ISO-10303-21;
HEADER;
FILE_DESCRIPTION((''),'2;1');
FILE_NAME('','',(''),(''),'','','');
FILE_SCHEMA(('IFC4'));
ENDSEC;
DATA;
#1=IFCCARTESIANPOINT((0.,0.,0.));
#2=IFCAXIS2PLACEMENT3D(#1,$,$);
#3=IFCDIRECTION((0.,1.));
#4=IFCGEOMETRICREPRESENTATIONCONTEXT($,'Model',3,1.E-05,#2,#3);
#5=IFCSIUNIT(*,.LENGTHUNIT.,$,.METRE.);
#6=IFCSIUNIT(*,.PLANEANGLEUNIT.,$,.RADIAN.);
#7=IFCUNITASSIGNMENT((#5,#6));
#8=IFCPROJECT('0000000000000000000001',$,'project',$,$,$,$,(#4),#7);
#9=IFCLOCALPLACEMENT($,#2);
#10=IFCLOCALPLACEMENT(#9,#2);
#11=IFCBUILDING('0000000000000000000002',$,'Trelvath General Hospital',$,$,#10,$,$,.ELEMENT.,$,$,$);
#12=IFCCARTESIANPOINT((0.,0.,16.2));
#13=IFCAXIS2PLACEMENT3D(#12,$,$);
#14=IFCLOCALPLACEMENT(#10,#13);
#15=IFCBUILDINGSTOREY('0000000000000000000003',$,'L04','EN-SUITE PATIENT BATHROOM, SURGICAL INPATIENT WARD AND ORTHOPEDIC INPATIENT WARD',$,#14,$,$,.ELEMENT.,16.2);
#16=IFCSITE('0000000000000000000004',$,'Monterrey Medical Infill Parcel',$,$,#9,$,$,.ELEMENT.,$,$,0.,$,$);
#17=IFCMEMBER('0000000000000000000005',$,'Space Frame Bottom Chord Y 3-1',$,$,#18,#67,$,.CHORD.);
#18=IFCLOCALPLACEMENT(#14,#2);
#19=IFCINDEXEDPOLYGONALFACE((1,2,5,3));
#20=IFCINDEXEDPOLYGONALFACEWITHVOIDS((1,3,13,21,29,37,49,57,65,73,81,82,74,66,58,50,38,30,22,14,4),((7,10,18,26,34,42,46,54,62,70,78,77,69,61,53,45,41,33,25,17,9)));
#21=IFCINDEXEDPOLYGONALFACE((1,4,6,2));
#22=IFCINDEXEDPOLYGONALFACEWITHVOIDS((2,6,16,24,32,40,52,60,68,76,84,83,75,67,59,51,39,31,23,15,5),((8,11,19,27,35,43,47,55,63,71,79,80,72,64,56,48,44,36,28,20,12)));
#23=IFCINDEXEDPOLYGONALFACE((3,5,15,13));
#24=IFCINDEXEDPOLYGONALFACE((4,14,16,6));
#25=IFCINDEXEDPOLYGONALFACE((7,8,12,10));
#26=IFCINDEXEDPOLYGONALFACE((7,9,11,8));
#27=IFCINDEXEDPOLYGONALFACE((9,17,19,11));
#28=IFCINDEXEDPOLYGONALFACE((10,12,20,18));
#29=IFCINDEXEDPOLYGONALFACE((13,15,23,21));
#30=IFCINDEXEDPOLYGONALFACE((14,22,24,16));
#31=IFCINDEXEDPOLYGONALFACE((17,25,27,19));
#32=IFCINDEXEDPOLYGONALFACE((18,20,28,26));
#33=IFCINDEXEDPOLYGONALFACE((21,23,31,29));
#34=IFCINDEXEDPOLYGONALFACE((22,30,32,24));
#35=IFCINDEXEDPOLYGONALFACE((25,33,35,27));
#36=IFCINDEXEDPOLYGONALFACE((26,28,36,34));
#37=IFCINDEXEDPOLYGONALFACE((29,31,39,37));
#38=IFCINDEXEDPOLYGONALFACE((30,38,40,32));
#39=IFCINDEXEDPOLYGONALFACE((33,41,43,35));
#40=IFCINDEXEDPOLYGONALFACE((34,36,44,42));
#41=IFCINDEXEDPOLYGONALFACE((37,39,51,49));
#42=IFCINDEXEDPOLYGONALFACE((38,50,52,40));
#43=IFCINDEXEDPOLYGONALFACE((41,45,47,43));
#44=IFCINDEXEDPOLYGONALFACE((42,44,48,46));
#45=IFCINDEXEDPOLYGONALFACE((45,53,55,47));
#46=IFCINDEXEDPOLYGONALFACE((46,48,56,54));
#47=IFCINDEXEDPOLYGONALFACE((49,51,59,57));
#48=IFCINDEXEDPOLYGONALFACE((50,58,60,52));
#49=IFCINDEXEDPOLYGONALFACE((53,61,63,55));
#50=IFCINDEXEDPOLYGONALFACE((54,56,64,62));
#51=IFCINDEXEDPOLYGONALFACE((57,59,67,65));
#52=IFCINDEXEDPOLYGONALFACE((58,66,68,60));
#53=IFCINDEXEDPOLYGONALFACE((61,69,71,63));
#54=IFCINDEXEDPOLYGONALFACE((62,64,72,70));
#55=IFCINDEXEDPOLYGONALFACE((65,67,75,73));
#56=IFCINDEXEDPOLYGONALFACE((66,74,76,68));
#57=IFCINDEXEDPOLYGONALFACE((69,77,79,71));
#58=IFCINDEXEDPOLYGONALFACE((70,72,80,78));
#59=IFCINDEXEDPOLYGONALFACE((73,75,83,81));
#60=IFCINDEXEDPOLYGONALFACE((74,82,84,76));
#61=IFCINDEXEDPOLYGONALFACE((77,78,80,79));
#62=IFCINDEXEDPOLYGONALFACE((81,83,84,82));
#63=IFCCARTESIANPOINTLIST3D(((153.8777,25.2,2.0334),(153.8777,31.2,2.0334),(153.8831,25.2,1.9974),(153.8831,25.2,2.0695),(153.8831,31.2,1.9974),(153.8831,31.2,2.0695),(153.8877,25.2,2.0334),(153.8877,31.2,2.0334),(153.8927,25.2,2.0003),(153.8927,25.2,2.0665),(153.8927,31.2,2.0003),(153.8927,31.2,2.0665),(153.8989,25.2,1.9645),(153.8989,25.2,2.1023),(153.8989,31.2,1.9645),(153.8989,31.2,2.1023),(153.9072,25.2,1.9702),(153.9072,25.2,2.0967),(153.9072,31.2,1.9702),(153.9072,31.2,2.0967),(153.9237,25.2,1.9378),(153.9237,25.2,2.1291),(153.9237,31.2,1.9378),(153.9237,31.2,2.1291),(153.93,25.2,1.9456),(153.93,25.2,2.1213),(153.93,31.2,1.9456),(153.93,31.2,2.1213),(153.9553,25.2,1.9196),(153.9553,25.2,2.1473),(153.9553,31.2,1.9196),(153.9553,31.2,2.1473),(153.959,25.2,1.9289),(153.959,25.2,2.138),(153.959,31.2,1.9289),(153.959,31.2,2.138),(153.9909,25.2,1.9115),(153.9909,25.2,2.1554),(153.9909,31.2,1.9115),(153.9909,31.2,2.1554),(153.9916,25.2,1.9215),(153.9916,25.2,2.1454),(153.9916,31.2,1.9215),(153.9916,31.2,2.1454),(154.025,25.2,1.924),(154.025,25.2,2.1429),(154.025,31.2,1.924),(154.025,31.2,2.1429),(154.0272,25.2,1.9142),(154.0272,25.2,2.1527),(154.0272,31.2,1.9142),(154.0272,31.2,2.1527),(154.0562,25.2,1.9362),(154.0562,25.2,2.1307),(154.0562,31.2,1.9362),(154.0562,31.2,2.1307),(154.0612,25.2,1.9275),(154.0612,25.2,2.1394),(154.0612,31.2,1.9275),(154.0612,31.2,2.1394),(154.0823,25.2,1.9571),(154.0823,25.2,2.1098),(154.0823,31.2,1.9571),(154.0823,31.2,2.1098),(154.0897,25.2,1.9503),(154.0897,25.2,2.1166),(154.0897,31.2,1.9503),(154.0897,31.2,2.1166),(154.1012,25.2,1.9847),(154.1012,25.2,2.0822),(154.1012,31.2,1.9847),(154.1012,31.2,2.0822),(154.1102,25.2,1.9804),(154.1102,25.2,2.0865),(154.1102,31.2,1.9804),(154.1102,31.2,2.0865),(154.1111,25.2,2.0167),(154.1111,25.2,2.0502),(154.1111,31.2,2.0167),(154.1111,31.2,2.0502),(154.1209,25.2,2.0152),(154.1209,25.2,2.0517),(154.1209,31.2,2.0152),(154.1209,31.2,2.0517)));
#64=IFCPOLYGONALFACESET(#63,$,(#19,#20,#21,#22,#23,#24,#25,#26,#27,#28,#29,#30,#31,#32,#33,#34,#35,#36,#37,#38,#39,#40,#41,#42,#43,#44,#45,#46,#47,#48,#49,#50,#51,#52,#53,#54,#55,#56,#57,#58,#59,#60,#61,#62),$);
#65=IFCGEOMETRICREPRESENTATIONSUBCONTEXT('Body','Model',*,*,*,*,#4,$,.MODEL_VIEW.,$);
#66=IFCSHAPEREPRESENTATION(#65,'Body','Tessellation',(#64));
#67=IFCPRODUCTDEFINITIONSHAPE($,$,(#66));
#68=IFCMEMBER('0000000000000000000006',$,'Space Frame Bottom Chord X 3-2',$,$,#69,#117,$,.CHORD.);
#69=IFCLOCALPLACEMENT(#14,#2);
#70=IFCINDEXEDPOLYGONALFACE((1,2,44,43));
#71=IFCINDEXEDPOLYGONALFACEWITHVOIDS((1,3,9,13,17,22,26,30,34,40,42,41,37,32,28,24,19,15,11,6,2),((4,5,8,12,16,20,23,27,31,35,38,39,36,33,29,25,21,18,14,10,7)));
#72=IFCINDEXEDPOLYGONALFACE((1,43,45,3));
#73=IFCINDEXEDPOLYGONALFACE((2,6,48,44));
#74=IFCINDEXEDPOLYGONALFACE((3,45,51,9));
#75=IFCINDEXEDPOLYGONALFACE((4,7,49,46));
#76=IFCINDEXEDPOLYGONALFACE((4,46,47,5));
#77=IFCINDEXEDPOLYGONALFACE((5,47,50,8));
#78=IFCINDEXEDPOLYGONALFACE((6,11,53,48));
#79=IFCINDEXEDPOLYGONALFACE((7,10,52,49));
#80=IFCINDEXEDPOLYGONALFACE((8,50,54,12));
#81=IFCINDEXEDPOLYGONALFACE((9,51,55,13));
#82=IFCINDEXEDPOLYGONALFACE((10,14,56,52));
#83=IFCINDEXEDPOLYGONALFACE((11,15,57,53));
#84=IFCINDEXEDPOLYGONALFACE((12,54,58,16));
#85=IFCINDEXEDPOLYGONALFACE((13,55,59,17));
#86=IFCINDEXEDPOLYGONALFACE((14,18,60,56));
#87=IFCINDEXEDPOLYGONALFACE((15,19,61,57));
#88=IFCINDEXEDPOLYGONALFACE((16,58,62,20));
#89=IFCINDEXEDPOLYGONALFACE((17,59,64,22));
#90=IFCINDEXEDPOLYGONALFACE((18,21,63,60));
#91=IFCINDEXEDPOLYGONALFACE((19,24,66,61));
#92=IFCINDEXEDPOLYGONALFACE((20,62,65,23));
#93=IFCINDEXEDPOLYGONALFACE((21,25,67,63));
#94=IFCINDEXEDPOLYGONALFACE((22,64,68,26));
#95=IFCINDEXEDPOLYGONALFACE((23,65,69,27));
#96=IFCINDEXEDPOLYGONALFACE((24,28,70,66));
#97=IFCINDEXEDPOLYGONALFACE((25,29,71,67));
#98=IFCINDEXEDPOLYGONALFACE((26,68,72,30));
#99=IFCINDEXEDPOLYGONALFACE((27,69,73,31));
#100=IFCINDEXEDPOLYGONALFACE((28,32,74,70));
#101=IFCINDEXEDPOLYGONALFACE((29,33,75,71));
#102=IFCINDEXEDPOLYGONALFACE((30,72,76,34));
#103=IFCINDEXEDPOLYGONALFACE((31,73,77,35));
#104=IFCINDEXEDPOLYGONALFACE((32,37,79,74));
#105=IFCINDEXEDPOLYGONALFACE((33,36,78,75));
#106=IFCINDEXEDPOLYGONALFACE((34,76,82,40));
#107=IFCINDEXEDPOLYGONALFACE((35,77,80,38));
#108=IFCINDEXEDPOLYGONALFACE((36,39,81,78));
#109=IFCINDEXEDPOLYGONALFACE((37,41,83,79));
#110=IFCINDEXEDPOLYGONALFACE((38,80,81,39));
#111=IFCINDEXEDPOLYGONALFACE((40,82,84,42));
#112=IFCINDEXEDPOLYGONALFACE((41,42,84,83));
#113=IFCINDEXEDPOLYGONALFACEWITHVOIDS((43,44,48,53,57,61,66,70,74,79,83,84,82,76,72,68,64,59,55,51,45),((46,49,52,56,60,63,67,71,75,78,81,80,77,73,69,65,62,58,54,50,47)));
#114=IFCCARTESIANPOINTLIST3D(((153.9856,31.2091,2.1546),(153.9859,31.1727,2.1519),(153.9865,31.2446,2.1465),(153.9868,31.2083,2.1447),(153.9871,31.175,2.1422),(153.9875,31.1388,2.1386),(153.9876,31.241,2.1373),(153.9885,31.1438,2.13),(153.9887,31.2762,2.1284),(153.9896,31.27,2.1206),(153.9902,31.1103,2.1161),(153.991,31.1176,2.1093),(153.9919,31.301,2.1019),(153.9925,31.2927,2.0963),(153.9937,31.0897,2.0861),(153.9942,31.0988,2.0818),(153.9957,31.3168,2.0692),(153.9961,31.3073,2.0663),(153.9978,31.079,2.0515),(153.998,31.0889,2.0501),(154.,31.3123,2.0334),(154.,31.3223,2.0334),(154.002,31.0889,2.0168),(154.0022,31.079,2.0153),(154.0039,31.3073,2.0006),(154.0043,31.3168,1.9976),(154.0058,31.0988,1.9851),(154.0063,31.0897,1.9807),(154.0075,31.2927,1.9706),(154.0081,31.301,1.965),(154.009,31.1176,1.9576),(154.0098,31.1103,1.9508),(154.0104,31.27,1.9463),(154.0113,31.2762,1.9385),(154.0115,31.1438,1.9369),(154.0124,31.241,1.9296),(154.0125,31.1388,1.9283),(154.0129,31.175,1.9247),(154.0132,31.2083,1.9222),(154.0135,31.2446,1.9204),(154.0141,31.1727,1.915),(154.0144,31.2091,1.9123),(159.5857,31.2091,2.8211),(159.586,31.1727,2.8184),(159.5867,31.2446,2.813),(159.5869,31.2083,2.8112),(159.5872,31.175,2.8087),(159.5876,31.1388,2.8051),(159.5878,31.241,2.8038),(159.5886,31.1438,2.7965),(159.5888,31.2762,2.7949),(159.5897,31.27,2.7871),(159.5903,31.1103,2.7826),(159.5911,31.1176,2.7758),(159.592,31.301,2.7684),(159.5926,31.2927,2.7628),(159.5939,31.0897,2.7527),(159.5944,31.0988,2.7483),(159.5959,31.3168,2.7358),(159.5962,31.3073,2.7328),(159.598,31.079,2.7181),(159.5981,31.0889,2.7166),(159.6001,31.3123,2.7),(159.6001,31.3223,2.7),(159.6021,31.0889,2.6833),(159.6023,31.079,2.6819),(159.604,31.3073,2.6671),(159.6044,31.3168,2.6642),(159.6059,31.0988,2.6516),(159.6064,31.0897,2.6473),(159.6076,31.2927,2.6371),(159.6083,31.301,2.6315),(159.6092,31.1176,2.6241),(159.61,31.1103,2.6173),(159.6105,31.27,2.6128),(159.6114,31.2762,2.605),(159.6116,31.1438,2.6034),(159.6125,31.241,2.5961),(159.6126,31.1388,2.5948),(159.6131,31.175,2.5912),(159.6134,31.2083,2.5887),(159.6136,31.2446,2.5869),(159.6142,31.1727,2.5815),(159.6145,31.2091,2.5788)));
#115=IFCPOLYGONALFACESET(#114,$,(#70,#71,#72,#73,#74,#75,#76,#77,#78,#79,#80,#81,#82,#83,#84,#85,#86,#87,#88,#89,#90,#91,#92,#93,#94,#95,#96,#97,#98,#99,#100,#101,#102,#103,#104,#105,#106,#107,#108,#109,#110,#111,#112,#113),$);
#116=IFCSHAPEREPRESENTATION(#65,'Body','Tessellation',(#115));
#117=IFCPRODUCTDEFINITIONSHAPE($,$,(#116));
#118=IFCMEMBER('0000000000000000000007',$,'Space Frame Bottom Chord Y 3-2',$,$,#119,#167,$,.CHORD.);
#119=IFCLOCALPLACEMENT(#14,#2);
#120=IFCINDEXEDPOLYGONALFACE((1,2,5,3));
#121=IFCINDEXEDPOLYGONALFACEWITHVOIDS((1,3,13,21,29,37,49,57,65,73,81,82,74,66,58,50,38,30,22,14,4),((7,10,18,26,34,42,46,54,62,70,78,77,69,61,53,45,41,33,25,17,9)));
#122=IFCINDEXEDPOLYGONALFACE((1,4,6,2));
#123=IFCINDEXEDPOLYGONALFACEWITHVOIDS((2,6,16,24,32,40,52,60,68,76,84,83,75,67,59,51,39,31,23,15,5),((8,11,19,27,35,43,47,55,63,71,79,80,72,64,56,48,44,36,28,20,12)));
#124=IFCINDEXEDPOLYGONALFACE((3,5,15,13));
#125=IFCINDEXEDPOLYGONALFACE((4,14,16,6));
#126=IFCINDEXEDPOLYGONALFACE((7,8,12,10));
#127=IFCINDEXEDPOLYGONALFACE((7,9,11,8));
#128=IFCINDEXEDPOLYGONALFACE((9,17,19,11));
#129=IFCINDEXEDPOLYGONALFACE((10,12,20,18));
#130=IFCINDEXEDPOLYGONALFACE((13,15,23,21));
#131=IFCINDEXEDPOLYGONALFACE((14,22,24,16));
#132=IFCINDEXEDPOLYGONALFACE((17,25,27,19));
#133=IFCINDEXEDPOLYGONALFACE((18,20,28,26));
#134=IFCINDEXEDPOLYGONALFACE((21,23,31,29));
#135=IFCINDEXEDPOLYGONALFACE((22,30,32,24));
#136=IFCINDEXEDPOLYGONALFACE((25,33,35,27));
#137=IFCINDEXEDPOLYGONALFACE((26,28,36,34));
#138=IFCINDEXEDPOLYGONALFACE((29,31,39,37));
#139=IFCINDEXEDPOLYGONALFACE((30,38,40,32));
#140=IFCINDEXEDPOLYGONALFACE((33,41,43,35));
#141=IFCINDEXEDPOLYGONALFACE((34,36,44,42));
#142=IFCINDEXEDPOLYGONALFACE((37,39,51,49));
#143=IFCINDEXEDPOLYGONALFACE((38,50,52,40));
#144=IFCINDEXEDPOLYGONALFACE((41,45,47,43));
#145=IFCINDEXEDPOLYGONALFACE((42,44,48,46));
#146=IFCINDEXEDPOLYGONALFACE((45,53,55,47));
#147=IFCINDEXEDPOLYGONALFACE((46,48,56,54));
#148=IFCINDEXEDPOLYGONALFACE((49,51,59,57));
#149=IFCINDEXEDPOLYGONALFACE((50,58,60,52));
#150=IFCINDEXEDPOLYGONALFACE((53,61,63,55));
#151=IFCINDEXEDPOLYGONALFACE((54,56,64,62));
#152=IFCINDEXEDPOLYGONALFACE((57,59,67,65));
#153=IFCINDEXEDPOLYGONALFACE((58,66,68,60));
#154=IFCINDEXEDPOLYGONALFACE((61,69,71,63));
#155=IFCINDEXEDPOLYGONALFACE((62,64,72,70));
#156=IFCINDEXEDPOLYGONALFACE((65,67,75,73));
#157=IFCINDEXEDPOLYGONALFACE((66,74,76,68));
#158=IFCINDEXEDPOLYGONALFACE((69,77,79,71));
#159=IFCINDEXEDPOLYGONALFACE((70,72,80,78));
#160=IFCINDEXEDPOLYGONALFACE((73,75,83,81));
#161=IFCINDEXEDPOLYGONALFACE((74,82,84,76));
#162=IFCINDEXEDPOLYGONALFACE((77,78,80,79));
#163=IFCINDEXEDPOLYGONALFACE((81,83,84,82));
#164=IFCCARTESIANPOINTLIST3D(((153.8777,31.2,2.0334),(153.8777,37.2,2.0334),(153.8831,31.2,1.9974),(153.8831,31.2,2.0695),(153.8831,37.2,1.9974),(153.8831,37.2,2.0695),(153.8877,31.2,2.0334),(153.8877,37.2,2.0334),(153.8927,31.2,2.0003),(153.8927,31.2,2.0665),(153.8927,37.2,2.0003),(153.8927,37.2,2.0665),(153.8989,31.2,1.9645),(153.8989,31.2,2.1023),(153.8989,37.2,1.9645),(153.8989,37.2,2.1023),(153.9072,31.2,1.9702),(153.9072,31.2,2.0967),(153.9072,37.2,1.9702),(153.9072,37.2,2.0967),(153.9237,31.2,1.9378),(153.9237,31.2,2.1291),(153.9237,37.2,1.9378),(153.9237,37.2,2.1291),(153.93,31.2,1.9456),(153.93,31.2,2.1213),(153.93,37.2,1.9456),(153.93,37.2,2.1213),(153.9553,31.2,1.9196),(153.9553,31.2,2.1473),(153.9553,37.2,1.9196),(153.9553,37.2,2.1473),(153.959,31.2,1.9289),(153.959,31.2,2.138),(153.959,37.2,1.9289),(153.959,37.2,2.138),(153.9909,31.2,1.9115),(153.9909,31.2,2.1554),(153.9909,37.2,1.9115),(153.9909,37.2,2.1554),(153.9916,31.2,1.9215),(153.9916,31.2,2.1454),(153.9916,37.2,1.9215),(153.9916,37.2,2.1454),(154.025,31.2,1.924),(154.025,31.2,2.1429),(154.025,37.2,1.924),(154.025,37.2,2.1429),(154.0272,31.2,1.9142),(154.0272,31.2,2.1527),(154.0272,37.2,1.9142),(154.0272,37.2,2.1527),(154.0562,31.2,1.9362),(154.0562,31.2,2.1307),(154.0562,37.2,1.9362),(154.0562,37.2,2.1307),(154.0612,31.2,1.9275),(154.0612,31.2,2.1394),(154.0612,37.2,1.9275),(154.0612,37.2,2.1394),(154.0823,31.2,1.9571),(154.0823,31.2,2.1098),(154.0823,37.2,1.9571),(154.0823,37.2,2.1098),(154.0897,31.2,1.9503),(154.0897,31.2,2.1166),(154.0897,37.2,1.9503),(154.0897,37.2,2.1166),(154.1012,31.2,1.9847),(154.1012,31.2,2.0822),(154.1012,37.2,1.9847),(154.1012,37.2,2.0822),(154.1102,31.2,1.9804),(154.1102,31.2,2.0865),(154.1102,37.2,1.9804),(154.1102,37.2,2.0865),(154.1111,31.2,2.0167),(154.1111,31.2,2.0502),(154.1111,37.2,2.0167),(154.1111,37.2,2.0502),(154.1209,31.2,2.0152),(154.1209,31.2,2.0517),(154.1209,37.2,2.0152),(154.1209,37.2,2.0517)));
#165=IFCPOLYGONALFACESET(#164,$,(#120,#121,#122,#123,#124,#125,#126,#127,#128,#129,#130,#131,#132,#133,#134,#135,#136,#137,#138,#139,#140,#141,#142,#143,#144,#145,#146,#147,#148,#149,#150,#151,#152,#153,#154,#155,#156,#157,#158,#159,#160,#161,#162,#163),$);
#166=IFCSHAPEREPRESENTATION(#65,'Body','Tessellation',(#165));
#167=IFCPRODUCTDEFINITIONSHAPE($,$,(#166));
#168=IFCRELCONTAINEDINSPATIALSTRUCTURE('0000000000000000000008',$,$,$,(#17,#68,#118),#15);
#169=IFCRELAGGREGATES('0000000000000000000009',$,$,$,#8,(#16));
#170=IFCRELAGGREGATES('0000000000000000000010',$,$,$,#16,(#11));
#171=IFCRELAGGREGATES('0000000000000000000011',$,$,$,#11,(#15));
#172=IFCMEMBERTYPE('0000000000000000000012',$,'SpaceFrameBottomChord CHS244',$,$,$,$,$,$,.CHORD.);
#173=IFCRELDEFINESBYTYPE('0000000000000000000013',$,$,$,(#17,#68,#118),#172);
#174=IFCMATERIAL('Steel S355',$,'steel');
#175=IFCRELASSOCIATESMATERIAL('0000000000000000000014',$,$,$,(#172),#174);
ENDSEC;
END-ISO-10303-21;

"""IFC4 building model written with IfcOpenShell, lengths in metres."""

from ifc_helpers import new_model, si_unit, direction, frame, origin, origin_2d, place, context, subcontext, project, spatial, hollow_circle, extrude, material, material_profile, profile_set, type_object, element, save


model = new_model("IFC4")

# Units and contexts
model_context = context("Model", 3, precision=1e-05, world=origin(), true_north=direction((0.0, 1.0)))
body_context = subcontext(model_context, "Body", "Model", "MODEL_VIEW")
ifc_project = project(units=[si_unit("LENGTHUNIT", "METRE"), si_unit("PLANEANGLEUNIT", "RADIAN")], contexts=[model_context])

# Site, building, storey
site_placement = place(None, origin())
site = spatial("IfcSite", under=ifc_project, at=site_placement, Name="Monterrey Medical Infill Parcel", CompositionType="ELEMENT", RefElevation=0.0)
building_placement = place(site_placement, origin())
building = spatial("IfcBuilding", under=site, at=building_placement, Name="Trelvath General Hospital", CompositionType="ELEMENT")
storey_placement = place(building_placement, frame((0.0, 0.0, 16.2)))
storey = spatial("IfcBuildingStorey", under=building, at=storey_placement, Name="L04", Description="EN-SUITE PATIENT BATHROOM, SURGICAL INPATIENT WARD AND ORTHOPEDIC INPATIENT WARD", CompositionType="ELEMENT", Elevation=16.2)

# Members
ifc_material_1 = material(Name="Steel S355", Category="steel")
ifc_material_profile_1 = material_profile(ifc_material_1, hollow_circle(Radius=0.1223, WallThickness=0.01, at=origin_2d()), Name="CHS244.5x10.0")
ifc_profile_set_1 = profile_set([ifc_material_profile_1], Name="Steel S355")
member_type_1 = type_object("IfcMemberType", Name="SpaceFrameBottomChord CHS244", PredefinedType="CHORD", material=ifc_profile_set_1)
member_1_placement = place(storey_placement, frame((154.0, 25.2, 2.0334), z_axis=(0.0, 1.0, 0.0), x_axis=(-1.0, 0.0, 0.0)))
element("IfcMember", 1, at=member_1_placement, inside=storey, type_object=member_type_1, Name="Space Frame Bottom Chord Y 3-1", PredefinedType="CHORD", context=body_context, shape_type="SweptSolid", body=[
    extrude(hollow_circle(Radius=0.1223, WallThickness=0.01, at=origin_2d()), origin(), (0.0, 0.0, 1.0), 6.0),
])
member_2_placement = place(storey_placement, frame((154.0, 31.2, 2.0334), z_axis=(0.992992, 0.0, 0.118182), x_axis=(0.0, 1.0, 0.0)))
element("IfcMember", 2, at=member_2_placement, inside=storey, type_object=member_type_1, Name="Space Frame Bottom Chord X 3-2", PredefinedType="CHORD", context=body_context, shape_type="SweptSolid", body=[
    extrude(hollow_circle(Radius=0.1223, WallThickness=0.01, at=origin_2d()), origin(), (0.0, 0.0, 1.0), 5.6396),
])
for number, where, z_axis, x_axis, name in (
    (3, (154.0, 31.2, 2.0334), (0.0, 1.0, 0.0), (-1.0, 0.0, 0.0), "Space Frame Bottom Chord Y 3-2"),
):
    element("IfcMember", number, at=place(storey_placement, frame(where, z_axis=z_axis, x_axis=x_axis)), inside=storey, type_object=member_type_1, Name=name, PredefinedType="CHORD", context=body_context, shape_type="SweptSolid", body=[
        extrude(hollow_circle(Radius=0.1223, WallThickness=0.01, at=origin_2d()), origin(), (0.0, 0.0, 1.0), 6.0),
    ])

save(model, "model.ifc")
